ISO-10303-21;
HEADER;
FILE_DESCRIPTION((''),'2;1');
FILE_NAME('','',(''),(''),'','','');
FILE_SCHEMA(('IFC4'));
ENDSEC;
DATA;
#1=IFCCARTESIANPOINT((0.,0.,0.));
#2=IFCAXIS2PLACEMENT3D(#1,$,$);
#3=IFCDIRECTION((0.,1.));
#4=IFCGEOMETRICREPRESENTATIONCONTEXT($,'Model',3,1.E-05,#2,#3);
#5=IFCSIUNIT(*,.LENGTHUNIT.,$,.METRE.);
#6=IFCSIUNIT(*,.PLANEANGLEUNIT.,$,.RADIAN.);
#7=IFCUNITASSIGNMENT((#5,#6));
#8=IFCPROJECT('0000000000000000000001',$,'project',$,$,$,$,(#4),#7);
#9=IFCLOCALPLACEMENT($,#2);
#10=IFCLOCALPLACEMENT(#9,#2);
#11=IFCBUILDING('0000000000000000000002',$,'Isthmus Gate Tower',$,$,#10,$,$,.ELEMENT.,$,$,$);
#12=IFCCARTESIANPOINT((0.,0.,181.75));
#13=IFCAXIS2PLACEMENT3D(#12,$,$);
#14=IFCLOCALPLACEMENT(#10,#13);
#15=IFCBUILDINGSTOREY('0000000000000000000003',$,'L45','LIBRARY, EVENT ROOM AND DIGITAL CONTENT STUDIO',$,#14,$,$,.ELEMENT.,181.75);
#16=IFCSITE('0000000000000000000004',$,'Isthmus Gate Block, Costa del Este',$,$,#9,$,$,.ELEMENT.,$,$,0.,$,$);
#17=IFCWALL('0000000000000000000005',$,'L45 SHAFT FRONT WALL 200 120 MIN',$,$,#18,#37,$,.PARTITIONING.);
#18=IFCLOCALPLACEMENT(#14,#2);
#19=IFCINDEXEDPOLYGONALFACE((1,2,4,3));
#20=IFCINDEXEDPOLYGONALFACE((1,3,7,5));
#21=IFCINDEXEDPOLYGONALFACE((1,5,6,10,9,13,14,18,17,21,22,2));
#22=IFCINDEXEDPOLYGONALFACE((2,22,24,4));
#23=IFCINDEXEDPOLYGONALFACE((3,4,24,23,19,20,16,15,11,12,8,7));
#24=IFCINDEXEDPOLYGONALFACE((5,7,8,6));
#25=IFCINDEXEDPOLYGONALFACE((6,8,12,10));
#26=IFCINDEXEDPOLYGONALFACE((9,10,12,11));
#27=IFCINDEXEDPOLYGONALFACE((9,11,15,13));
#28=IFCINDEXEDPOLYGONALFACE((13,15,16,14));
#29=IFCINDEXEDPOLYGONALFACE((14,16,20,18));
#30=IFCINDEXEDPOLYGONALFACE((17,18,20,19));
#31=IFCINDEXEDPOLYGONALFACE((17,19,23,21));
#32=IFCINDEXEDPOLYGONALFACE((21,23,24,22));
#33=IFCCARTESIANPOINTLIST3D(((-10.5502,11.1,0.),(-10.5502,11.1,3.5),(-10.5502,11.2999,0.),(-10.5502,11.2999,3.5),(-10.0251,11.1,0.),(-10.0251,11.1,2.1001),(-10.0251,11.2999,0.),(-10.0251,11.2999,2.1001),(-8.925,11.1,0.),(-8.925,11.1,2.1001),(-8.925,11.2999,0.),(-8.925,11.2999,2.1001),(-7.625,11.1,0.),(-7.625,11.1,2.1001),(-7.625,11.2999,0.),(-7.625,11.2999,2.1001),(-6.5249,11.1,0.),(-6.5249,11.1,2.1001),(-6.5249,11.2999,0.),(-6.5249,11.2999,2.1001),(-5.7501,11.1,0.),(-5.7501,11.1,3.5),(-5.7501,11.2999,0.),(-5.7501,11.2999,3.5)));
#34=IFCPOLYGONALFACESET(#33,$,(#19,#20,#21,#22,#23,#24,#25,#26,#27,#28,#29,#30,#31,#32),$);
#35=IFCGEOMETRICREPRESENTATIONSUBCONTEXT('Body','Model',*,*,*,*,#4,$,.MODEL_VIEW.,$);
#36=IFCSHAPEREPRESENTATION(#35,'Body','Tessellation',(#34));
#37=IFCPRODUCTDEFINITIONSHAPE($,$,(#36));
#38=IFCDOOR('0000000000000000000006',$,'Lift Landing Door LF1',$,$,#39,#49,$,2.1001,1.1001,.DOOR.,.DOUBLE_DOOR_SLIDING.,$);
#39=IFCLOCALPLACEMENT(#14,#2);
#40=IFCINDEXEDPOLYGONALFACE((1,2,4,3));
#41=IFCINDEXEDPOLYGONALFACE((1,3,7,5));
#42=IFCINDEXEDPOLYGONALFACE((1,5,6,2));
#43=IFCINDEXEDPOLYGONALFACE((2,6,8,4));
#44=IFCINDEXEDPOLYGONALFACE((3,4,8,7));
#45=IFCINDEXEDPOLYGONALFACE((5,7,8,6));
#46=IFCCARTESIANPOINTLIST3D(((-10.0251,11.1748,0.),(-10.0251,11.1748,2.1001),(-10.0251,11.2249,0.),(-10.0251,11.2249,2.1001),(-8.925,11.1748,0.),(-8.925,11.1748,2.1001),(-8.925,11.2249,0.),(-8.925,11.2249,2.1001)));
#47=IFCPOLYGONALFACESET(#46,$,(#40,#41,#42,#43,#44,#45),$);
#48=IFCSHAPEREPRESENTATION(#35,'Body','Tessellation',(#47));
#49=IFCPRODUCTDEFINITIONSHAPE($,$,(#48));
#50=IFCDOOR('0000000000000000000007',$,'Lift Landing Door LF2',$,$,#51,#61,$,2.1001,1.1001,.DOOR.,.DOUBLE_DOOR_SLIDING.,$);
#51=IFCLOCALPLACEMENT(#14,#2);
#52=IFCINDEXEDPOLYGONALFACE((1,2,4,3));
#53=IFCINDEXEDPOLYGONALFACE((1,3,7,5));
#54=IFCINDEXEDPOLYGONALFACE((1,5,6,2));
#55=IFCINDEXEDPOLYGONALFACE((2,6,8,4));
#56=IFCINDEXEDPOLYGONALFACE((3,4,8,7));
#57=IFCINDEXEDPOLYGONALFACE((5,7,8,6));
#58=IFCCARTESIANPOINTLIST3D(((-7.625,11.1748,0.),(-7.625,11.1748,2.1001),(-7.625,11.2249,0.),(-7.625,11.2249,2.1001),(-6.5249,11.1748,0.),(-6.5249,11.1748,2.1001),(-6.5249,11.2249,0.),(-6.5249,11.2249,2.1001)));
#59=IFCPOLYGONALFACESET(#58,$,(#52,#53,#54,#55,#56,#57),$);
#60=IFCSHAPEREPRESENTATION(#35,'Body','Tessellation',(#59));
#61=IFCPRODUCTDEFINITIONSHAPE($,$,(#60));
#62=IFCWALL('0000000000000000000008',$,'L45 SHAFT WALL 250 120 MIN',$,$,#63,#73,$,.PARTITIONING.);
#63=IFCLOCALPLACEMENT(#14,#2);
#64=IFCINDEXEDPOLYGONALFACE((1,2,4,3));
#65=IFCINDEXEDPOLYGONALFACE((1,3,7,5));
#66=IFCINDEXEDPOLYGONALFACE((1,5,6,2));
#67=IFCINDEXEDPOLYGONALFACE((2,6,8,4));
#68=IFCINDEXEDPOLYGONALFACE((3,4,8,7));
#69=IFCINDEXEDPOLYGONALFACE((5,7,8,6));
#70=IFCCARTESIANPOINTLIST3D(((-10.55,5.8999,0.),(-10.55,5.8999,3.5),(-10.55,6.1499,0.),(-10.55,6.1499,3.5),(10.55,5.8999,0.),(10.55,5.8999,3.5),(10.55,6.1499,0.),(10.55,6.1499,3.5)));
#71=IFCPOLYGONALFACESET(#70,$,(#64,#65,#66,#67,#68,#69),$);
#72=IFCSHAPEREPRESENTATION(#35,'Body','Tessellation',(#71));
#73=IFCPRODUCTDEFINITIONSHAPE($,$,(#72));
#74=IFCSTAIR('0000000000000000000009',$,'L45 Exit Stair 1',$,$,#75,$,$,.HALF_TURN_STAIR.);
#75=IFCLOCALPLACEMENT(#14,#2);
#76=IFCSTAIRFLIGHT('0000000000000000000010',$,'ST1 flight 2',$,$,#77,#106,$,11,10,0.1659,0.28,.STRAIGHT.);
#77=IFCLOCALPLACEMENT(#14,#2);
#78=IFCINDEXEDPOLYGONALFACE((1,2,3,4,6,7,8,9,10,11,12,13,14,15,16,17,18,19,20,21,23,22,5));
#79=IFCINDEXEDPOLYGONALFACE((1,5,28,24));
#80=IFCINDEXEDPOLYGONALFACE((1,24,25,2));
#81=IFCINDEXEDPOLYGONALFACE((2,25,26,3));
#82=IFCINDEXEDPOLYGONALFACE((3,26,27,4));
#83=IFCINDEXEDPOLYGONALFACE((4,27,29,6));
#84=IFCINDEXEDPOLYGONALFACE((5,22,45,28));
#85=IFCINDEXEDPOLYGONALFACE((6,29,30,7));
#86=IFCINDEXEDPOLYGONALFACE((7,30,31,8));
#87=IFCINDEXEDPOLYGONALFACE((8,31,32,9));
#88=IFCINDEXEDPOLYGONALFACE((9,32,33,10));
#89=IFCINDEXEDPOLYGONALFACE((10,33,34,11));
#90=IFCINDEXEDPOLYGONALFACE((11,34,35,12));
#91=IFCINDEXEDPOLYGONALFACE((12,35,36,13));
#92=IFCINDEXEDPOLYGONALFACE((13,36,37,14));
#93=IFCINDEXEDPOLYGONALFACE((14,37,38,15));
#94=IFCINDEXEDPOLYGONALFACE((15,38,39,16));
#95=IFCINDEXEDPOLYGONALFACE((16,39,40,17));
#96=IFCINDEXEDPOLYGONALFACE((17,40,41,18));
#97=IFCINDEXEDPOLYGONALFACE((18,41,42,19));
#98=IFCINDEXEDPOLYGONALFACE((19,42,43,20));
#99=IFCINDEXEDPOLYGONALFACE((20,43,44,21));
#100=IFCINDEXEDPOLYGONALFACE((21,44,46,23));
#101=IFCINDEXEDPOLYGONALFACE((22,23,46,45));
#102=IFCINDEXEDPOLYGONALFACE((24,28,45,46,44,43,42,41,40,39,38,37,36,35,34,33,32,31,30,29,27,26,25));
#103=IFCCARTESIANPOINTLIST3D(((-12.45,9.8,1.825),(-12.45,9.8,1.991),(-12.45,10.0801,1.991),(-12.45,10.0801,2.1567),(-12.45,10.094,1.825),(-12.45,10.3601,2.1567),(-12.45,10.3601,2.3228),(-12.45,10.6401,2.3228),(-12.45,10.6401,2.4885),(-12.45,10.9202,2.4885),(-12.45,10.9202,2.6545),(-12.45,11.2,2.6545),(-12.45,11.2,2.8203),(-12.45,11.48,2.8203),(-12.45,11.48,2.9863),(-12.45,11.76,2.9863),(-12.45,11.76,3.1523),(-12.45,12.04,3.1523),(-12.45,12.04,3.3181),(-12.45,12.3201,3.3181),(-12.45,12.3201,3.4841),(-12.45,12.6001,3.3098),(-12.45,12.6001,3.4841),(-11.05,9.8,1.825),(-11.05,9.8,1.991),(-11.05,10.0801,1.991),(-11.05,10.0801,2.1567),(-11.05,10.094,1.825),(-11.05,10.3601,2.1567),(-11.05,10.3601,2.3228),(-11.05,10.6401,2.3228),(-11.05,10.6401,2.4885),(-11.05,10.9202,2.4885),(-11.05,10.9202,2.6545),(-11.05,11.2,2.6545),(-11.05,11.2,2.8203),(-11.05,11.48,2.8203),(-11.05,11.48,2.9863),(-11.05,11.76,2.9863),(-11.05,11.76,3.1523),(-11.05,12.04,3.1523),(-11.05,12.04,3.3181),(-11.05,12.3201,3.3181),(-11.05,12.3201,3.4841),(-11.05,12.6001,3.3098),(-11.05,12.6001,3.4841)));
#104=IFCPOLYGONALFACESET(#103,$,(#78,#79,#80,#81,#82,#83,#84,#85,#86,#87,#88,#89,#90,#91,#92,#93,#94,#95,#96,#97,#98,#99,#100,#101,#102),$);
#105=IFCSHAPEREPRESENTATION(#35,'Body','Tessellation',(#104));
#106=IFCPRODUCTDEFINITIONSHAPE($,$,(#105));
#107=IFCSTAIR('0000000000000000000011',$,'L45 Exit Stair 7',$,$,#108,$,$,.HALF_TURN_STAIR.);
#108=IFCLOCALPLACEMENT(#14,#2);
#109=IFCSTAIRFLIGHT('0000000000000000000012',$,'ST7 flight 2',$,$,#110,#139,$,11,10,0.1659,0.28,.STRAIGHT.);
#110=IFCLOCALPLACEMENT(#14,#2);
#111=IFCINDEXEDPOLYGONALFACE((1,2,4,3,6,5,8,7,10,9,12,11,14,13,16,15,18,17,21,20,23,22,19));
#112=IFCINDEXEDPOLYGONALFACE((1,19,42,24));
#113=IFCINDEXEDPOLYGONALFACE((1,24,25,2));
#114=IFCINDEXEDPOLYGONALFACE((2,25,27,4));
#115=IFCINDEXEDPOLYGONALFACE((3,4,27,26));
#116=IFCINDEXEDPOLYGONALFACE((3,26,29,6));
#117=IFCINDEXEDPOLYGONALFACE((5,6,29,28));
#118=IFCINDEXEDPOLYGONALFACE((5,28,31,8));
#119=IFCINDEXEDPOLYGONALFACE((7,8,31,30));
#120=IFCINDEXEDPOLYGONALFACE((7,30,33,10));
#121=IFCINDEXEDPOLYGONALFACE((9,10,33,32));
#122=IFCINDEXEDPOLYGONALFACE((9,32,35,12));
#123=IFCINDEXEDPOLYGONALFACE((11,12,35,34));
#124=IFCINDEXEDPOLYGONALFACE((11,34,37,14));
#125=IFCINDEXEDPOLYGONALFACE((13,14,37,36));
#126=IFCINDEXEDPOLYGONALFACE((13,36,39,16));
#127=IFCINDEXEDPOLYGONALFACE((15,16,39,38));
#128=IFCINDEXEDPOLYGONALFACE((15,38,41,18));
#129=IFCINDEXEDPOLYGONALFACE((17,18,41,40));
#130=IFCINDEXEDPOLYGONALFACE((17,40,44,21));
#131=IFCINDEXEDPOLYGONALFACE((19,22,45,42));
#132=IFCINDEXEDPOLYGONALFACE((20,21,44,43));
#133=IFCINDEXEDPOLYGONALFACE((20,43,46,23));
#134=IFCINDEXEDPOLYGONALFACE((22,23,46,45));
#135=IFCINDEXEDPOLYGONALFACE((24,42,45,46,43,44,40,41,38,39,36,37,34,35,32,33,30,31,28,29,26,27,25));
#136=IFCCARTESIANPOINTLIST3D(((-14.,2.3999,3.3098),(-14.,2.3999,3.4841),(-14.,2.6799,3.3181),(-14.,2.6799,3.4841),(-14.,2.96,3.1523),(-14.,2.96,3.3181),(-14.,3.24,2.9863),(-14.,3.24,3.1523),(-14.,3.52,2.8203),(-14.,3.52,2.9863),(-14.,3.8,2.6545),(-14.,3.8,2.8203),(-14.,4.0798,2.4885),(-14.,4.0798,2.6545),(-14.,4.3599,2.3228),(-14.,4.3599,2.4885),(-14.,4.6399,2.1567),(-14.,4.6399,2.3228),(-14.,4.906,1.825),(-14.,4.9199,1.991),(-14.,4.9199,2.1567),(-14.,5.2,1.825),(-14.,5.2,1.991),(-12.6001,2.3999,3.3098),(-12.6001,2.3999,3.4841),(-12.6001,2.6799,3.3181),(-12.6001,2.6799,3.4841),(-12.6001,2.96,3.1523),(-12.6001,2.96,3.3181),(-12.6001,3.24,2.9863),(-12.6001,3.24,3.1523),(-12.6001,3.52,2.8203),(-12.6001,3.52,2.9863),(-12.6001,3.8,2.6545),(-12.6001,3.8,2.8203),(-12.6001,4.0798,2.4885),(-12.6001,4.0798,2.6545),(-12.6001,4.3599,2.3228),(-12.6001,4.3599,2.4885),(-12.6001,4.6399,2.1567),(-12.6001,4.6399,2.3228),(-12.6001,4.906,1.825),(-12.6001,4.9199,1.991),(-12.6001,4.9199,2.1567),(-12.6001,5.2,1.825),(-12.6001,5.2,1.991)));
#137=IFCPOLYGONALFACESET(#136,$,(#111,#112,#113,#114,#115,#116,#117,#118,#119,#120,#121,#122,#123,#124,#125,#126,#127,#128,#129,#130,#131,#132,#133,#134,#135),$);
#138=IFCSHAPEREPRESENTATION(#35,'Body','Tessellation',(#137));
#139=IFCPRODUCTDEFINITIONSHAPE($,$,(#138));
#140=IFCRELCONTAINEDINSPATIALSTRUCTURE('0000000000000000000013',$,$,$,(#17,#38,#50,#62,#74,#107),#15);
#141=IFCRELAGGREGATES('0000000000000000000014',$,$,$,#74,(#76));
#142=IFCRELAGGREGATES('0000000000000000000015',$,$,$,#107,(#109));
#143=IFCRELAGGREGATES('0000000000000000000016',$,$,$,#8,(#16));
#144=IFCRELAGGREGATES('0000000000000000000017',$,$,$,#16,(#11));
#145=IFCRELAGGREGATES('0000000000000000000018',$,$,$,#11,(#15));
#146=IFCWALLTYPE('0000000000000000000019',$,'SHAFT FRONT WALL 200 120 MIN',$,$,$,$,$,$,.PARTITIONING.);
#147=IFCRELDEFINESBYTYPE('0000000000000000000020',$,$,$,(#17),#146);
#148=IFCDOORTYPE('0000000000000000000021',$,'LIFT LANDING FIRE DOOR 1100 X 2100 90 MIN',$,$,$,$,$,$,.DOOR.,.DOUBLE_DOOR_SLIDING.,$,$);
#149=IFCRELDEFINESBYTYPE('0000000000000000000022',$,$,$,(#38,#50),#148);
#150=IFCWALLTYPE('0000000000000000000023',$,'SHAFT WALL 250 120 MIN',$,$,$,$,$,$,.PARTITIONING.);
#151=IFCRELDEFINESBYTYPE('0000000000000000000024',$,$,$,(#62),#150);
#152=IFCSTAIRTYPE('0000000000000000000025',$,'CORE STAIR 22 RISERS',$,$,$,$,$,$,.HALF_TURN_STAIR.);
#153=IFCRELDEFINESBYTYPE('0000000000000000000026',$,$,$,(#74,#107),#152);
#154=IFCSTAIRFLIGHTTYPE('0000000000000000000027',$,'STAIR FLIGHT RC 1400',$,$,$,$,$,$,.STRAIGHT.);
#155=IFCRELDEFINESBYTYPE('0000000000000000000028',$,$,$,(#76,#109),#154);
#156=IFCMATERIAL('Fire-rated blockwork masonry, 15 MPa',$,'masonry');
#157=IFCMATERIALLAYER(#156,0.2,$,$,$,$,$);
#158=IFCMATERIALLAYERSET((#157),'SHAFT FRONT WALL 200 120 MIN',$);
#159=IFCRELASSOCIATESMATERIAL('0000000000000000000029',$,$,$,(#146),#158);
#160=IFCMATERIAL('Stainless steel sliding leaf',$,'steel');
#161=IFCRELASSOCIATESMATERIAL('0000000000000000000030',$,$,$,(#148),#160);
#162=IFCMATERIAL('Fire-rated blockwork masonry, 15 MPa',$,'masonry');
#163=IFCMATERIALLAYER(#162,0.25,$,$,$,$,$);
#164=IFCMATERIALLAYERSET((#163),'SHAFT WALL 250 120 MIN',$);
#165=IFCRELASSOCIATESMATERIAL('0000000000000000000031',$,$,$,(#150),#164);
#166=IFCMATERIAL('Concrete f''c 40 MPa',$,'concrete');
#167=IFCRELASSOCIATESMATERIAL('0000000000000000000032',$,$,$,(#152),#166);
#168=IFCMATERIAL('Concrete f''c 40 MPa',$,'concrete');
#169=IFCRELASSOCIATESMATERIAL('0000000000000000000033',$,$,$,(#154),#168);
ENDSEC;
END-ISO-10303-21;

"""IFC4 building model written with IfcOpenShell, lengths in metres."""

from ifc_helpers import new_model, si_unit, direction, frame, frame_2d, origin, place, context, subcontext, project, spatial, polyline, rectangle, outline, extrude, material, layer, layer_set, type_object, element, fill, aggregate, save


model = new_model("IFC4")

# Units and contexts
model_context = context("Model", 3, precision=1e-05, world=origin(), true_north=direction((0.0, 1.0)))
body_context = subcontext(model_context, "Body", "Model", "MODEL_VIEW")
ifc_project = project(units=[si_unit("LENGTHUNIT", "METRE"), si_unit("PLANEANGLEUNIT", "RADIAN")], contexts=[model_context])

# Site, building, storey
site_placement = place(None, origin())
site = spatial("IfcSite", under=ifc_project, at=site_placement, Name="Isthmus Gate Block, Costa del Este", CompositionType="ELEMENT", RefElevation=0.0)
building_placement = place(site_placement, origin())
building = spatial("IfcBuilding", under=site, at=building_placement, Name="Isthmus Gate Tower", CompositionType="ELEMENT")
storey_placement = place(building_placement, frame((0.0, 0.0, 181.75)))
storey = spatial("IfcBuildingStorey", under=building, at=storey_placement, Name="L45", Description="LIBRARY, EVENT ROOM AND DIGITAL CONTENT STUDIO", CompositionType="ELEMENT", Elevation=181.75)

# Wall, openings, doors
ifc_material_1 = material(Name="Fire-rated blockwork masonry, 15 MPa", Category="masonry")
ifc_layer_1 = layer(ifc_material_1, 0.2)
ifc_layer_set_1 = layer_set([ifc_layer_1], Name="SHAFT FRONT WALL 200 120 MIN")
wall_type_1 = type_object("IfcWallType", Name="SHAFT FRONT WALL 200 120 MIN", PredefinedType="PARTITIONING", material=ifc_layer_set_1)
wall_1_placement = place(storey_placement, frame((-10.55, 11.2, 0.0), z_axis=(0.0, 0.0, 1.0), x_axis=(1.0, 0.0, 0.0)))
wall_1 = element("IfcWall", 1, at=wall_1_placement, inside=storey, type_object=wall_type_1, Name="L45 SHAFT FRONT WALL 200 120 MIN", PredefinedType="PARTITIONING", context=body_context, shape_type="SweptSolid", body=[
    extrude(rectangle(XDim=4.8, YDim=0.2, at=frame_2d((2.3999, 0.0))), origin(), (0.0, 0.0, 1.0), 3.5),
])
opening_1_placement = place(wall_1_placement, frame((0.5249, 0.0, 0.0)))
opening_1 = element("IfcOpeningElement", 2, at=opening_1_placement, cuts=wall_1, PredefinedType="OPENING", context=body_context, shape_type="SweptSolid", body=[
    extrude(rectangle(XDim=1.1001, YDim=2.1001, at=frame_2d((0.55, 1.05))), frame((0.0, 0.1099, 0.0), z_axis=(0.0, -1.0, 0.0), x_axis=(1.0, 0.0, 0.0)), (0.0, 0.0, 1.0), 0.22),
])
opening_2_placement = place(wall_1_placement, frame((2.925, 0.0, 0.0)))
opening_2 = element("IfcOpeningElement", 3, at=opening_2_placement, cuts=wall_1, PredefinedType="OPENING", context=body_context, shape_type="SweptSolid", body=[
    extrude(rectangle(XDim=1.1001, YDim=2.1001, at=frame_2d((0.55, 1.05))), frame((0.0, 0.1099, 0.0), z_axis=(0.0, -1.0, 0.0), x_axis=(1.0, 0.0, 0.0)), (0.0, 0.0, 1.0), 0.22),
])
ifc_material_2 = material(Name="Stainless steel sliding leaf", Category="steel")
door_type_1 = type_object("IfcDoorType", Name="LIFT LANDING FIRE DOOR 1100 X 2100 90 MIN", OperationType="DOUBLE_DOOR_SLIDING", PredefinedType="DOOR", material=ifc_material_2)
door_1_placement = place(opening_1_placement, origin())
door_1 = element("IfcDoor", 4, at=door_1_placement, inside=storey, type_object=door_type_1, Name="Lift Landing Door LF1", OperationType="DOUBLE_DOOR_SLIDING", OverallHeight=2.1001, OverallWidth=1.1001, PredefinedType="DOOR", context=body_context, shape_type="SweptSolid", body=[
    extrude(rectangle(XDim=1.1001, YDim=2.1001, at=frame_2d((0.55, 1.05))), frame((0.0, 0.0249, 0.0), z_axis=(0.0, -1.0, 0.0), x_axis=(1.0, 0.0, 0.0)), (0.0, 0.0, 1.0), 0.05),
])
fill(opening_1, door_1)
door_2_placement = place(opening_2_placement, origin())
door_2 = element("IfcDoor", 5, at=door_2_placement, inside=storey, type_object=door_type_1, Name="Lift Landing Door LF2", OperationType="DOUBLE_DOOR_SLIDING", OverallHeight=2.1001, OverallWidth=1.1001, PredefinedType="DOOR", context=body_context, shape_type="SweptSolid", body=[
    extrude(rectangle(XDim=1.1001, YDim=2.1001, at=frame_2d((0.55, 1.05))), frame((0.0, 0.0249, 0.0), z_axis=(0.0, -1.0, 0.0), x_axis=(1.0, 0.0, 0.0)), (0.0, 0.0, 1.0), 0.05),
])
fill(opening_2, door_2)

# Wall
ifc_material_3 = material(Name="Fire-rated blockwork masonry, 15 MPa", Category="masonry")
ifc_layer_2 = layer(ifc_material_3, 0.25)
ifc_layer_set_2 = layer_set([ifc_layer_2], Name="SHAFT WALL 250 120 MIN")
wall_type_2 = type_object("IfcWallType", Name="SHAFT WALL 250 120 MIN", PredefinedType="PARTITIONING", material=ifc_layer_set_2)
wall_2_placement = place(storey_placement, frame((-10.55, 6.0249, 0.0), z_axis=(0.0, 0.0, 1.0), x_axis=(1.0, 0.0, 0.0)))
element("IfcWall", 6, at=wall_2_placement, inside=storey, type_object=wall_type_2, Name="L45 SHAFT WALL 250 120 MIN", PredefinedType="PARTITIONING", context=body_context, shape_type="SweptSolid", body=[
    extrude(rectangle(XDim=21.1001, YDim=0.25, at=frame_2d((10.55, 0.0))), origin(), (0.0, 0.0, 1.0), 3.5),
])

# Stairs, stair flights
ifc_material_4 = material(Name="Concrete f'c 40 MPa", Category="concrete")
stair_type = type_object("IfcStairType", Name="CORE STAIR 22 RISERS", PredefinedType="HALF_TURN_STAIR", material=ifc_material_4)
stair_1_placement = place(storey_placement, origin())
stair_1 = element("IfcStair", 7, at=stair_1_placement, inside=storey, type_object=stair_type, Name="L45 Exit Stair 1", PredefinedType="HALF_TURN_STAIR")
ifc_material_5 = material(Name="Concrete f'c 40 MPa", Category="concrete")
stair_flight_type = type_object("IfcStairFlightType", Name="STAIR FLIGHT RC 1400", PredefinedType="STRAIGHT", material=ifc_material_5)
stair_flight_1_placement = place(storey_placement, frame((-11.75, 9.8, 1.825), z_axis=(0.0, 0.0, 1.0), x_axis=(0.0, 1.0, 0.0)))
stair_flight_1 = element("IfcStairFlight", 8, at=stair_flight_1_placement, type_object=stair_flight_type, Name="ST1 flight 2", NumberOfRisers=11, NumberOfTreads=10, PredefinedType="STRAIGHT", RiserHeight=0.1659, TreadLength=0.28, context=body_context, shape_type="SweptSolid", body=[
    extrude(outline(polyline([(0.0, 0.0), (0.0, 0.166), (0.28, 0.166), (0.28, 0.3318), (0.5601, 0.3318), (0.5601, 0.4978), (0.8401, 0.4978), (0.8401, 0.6636), (1.1201, 0.6636), (1.1201, 0.8296), (1.3999, 0.8296), (1.3999, 0.9954), (1.6799, 0.9954), (1.6799, 1.1614), (1.96, 1.1614), (1.96, 1.3274), (2.24, 1.3274), (2.24, 1.4932), (2.52, 1.4932), (2.52, 1.6592), (2.8, 1.6592), (2.8, 1.825), (2.8, 1.4849), (0.2939, 0.0), (0.0, 0.0)])), frame((0.0, 0.7, 0.0), z_axis=(0.0, -1.0, 0.0), x_axis=(1.0, 0.0, 0.0)), (0.0, 0.0, 1.0), 1.3999),
])
aggregate(stair_1, [stair_flight_1])
stair_2_placement = place(storey_placement, origin())
stair_2 = element("IfcStair", 9, at=stair_2_placement, inside=storey, type_object=stair_type, Name="L45 Exit Stair 7", PredefinedType="HALF_TURN_STAIR")
stair_flight_2_placement = place(storey_placement, frame((-13.3, 5.2, 1.825), z_axis=(0.0, 0.0, 1.0), x_axis=(0.0, -1.0, 0.0)))
stair_flight_2 = element("IfcStairFlight", 10, at=stair_flight_2_placement, type_object=stair_flight_type, Name="ST7 flight 2", NumberOfRisers=11, NumberOfTreads=10, PredefinedType="STRAIGHT", RiserHeight=0.1659, TreadLength=0.28, context=body_context, shape_type="SweptSolid", body=[
    extrude(outline(polyline([(0.0, 0.0), (0.0, 0.166), (0.28, 0.166), (0.28, 0.3318), (0.5601, 0.3318), (0.5601, 0.4978), (0.8401, 0.4978), (0.8401, 0.6636), (1.1201, 0.6636), (1.1201, 0.8296), (1.3999, 0.8296), (1.3999, 0.9954), (1.6799, 0.9954), (1.6799, 1.1614), (1.96, 1.1614), (1.96, 1.3274), (2.24, 1.3274), (2.24, 1.4932), (2.52, 1.4932), (2.52, 1.6592), (2.8, 1.6592), (2.8, 1.825), (2.8, 1.4849), (0.2939, 0.0), (0.0, 0.0)])), frame((0.0, 0.7, 0.0), z_axis=(0.0, -1.0, 0.0), x_axis=(1.0, 0.0, 0.0)), (0.0, 0.0, 1.0), 1.3999),
])
aggregate(stair_2, [stair_flight_2])

save(model, "model.ifc")
